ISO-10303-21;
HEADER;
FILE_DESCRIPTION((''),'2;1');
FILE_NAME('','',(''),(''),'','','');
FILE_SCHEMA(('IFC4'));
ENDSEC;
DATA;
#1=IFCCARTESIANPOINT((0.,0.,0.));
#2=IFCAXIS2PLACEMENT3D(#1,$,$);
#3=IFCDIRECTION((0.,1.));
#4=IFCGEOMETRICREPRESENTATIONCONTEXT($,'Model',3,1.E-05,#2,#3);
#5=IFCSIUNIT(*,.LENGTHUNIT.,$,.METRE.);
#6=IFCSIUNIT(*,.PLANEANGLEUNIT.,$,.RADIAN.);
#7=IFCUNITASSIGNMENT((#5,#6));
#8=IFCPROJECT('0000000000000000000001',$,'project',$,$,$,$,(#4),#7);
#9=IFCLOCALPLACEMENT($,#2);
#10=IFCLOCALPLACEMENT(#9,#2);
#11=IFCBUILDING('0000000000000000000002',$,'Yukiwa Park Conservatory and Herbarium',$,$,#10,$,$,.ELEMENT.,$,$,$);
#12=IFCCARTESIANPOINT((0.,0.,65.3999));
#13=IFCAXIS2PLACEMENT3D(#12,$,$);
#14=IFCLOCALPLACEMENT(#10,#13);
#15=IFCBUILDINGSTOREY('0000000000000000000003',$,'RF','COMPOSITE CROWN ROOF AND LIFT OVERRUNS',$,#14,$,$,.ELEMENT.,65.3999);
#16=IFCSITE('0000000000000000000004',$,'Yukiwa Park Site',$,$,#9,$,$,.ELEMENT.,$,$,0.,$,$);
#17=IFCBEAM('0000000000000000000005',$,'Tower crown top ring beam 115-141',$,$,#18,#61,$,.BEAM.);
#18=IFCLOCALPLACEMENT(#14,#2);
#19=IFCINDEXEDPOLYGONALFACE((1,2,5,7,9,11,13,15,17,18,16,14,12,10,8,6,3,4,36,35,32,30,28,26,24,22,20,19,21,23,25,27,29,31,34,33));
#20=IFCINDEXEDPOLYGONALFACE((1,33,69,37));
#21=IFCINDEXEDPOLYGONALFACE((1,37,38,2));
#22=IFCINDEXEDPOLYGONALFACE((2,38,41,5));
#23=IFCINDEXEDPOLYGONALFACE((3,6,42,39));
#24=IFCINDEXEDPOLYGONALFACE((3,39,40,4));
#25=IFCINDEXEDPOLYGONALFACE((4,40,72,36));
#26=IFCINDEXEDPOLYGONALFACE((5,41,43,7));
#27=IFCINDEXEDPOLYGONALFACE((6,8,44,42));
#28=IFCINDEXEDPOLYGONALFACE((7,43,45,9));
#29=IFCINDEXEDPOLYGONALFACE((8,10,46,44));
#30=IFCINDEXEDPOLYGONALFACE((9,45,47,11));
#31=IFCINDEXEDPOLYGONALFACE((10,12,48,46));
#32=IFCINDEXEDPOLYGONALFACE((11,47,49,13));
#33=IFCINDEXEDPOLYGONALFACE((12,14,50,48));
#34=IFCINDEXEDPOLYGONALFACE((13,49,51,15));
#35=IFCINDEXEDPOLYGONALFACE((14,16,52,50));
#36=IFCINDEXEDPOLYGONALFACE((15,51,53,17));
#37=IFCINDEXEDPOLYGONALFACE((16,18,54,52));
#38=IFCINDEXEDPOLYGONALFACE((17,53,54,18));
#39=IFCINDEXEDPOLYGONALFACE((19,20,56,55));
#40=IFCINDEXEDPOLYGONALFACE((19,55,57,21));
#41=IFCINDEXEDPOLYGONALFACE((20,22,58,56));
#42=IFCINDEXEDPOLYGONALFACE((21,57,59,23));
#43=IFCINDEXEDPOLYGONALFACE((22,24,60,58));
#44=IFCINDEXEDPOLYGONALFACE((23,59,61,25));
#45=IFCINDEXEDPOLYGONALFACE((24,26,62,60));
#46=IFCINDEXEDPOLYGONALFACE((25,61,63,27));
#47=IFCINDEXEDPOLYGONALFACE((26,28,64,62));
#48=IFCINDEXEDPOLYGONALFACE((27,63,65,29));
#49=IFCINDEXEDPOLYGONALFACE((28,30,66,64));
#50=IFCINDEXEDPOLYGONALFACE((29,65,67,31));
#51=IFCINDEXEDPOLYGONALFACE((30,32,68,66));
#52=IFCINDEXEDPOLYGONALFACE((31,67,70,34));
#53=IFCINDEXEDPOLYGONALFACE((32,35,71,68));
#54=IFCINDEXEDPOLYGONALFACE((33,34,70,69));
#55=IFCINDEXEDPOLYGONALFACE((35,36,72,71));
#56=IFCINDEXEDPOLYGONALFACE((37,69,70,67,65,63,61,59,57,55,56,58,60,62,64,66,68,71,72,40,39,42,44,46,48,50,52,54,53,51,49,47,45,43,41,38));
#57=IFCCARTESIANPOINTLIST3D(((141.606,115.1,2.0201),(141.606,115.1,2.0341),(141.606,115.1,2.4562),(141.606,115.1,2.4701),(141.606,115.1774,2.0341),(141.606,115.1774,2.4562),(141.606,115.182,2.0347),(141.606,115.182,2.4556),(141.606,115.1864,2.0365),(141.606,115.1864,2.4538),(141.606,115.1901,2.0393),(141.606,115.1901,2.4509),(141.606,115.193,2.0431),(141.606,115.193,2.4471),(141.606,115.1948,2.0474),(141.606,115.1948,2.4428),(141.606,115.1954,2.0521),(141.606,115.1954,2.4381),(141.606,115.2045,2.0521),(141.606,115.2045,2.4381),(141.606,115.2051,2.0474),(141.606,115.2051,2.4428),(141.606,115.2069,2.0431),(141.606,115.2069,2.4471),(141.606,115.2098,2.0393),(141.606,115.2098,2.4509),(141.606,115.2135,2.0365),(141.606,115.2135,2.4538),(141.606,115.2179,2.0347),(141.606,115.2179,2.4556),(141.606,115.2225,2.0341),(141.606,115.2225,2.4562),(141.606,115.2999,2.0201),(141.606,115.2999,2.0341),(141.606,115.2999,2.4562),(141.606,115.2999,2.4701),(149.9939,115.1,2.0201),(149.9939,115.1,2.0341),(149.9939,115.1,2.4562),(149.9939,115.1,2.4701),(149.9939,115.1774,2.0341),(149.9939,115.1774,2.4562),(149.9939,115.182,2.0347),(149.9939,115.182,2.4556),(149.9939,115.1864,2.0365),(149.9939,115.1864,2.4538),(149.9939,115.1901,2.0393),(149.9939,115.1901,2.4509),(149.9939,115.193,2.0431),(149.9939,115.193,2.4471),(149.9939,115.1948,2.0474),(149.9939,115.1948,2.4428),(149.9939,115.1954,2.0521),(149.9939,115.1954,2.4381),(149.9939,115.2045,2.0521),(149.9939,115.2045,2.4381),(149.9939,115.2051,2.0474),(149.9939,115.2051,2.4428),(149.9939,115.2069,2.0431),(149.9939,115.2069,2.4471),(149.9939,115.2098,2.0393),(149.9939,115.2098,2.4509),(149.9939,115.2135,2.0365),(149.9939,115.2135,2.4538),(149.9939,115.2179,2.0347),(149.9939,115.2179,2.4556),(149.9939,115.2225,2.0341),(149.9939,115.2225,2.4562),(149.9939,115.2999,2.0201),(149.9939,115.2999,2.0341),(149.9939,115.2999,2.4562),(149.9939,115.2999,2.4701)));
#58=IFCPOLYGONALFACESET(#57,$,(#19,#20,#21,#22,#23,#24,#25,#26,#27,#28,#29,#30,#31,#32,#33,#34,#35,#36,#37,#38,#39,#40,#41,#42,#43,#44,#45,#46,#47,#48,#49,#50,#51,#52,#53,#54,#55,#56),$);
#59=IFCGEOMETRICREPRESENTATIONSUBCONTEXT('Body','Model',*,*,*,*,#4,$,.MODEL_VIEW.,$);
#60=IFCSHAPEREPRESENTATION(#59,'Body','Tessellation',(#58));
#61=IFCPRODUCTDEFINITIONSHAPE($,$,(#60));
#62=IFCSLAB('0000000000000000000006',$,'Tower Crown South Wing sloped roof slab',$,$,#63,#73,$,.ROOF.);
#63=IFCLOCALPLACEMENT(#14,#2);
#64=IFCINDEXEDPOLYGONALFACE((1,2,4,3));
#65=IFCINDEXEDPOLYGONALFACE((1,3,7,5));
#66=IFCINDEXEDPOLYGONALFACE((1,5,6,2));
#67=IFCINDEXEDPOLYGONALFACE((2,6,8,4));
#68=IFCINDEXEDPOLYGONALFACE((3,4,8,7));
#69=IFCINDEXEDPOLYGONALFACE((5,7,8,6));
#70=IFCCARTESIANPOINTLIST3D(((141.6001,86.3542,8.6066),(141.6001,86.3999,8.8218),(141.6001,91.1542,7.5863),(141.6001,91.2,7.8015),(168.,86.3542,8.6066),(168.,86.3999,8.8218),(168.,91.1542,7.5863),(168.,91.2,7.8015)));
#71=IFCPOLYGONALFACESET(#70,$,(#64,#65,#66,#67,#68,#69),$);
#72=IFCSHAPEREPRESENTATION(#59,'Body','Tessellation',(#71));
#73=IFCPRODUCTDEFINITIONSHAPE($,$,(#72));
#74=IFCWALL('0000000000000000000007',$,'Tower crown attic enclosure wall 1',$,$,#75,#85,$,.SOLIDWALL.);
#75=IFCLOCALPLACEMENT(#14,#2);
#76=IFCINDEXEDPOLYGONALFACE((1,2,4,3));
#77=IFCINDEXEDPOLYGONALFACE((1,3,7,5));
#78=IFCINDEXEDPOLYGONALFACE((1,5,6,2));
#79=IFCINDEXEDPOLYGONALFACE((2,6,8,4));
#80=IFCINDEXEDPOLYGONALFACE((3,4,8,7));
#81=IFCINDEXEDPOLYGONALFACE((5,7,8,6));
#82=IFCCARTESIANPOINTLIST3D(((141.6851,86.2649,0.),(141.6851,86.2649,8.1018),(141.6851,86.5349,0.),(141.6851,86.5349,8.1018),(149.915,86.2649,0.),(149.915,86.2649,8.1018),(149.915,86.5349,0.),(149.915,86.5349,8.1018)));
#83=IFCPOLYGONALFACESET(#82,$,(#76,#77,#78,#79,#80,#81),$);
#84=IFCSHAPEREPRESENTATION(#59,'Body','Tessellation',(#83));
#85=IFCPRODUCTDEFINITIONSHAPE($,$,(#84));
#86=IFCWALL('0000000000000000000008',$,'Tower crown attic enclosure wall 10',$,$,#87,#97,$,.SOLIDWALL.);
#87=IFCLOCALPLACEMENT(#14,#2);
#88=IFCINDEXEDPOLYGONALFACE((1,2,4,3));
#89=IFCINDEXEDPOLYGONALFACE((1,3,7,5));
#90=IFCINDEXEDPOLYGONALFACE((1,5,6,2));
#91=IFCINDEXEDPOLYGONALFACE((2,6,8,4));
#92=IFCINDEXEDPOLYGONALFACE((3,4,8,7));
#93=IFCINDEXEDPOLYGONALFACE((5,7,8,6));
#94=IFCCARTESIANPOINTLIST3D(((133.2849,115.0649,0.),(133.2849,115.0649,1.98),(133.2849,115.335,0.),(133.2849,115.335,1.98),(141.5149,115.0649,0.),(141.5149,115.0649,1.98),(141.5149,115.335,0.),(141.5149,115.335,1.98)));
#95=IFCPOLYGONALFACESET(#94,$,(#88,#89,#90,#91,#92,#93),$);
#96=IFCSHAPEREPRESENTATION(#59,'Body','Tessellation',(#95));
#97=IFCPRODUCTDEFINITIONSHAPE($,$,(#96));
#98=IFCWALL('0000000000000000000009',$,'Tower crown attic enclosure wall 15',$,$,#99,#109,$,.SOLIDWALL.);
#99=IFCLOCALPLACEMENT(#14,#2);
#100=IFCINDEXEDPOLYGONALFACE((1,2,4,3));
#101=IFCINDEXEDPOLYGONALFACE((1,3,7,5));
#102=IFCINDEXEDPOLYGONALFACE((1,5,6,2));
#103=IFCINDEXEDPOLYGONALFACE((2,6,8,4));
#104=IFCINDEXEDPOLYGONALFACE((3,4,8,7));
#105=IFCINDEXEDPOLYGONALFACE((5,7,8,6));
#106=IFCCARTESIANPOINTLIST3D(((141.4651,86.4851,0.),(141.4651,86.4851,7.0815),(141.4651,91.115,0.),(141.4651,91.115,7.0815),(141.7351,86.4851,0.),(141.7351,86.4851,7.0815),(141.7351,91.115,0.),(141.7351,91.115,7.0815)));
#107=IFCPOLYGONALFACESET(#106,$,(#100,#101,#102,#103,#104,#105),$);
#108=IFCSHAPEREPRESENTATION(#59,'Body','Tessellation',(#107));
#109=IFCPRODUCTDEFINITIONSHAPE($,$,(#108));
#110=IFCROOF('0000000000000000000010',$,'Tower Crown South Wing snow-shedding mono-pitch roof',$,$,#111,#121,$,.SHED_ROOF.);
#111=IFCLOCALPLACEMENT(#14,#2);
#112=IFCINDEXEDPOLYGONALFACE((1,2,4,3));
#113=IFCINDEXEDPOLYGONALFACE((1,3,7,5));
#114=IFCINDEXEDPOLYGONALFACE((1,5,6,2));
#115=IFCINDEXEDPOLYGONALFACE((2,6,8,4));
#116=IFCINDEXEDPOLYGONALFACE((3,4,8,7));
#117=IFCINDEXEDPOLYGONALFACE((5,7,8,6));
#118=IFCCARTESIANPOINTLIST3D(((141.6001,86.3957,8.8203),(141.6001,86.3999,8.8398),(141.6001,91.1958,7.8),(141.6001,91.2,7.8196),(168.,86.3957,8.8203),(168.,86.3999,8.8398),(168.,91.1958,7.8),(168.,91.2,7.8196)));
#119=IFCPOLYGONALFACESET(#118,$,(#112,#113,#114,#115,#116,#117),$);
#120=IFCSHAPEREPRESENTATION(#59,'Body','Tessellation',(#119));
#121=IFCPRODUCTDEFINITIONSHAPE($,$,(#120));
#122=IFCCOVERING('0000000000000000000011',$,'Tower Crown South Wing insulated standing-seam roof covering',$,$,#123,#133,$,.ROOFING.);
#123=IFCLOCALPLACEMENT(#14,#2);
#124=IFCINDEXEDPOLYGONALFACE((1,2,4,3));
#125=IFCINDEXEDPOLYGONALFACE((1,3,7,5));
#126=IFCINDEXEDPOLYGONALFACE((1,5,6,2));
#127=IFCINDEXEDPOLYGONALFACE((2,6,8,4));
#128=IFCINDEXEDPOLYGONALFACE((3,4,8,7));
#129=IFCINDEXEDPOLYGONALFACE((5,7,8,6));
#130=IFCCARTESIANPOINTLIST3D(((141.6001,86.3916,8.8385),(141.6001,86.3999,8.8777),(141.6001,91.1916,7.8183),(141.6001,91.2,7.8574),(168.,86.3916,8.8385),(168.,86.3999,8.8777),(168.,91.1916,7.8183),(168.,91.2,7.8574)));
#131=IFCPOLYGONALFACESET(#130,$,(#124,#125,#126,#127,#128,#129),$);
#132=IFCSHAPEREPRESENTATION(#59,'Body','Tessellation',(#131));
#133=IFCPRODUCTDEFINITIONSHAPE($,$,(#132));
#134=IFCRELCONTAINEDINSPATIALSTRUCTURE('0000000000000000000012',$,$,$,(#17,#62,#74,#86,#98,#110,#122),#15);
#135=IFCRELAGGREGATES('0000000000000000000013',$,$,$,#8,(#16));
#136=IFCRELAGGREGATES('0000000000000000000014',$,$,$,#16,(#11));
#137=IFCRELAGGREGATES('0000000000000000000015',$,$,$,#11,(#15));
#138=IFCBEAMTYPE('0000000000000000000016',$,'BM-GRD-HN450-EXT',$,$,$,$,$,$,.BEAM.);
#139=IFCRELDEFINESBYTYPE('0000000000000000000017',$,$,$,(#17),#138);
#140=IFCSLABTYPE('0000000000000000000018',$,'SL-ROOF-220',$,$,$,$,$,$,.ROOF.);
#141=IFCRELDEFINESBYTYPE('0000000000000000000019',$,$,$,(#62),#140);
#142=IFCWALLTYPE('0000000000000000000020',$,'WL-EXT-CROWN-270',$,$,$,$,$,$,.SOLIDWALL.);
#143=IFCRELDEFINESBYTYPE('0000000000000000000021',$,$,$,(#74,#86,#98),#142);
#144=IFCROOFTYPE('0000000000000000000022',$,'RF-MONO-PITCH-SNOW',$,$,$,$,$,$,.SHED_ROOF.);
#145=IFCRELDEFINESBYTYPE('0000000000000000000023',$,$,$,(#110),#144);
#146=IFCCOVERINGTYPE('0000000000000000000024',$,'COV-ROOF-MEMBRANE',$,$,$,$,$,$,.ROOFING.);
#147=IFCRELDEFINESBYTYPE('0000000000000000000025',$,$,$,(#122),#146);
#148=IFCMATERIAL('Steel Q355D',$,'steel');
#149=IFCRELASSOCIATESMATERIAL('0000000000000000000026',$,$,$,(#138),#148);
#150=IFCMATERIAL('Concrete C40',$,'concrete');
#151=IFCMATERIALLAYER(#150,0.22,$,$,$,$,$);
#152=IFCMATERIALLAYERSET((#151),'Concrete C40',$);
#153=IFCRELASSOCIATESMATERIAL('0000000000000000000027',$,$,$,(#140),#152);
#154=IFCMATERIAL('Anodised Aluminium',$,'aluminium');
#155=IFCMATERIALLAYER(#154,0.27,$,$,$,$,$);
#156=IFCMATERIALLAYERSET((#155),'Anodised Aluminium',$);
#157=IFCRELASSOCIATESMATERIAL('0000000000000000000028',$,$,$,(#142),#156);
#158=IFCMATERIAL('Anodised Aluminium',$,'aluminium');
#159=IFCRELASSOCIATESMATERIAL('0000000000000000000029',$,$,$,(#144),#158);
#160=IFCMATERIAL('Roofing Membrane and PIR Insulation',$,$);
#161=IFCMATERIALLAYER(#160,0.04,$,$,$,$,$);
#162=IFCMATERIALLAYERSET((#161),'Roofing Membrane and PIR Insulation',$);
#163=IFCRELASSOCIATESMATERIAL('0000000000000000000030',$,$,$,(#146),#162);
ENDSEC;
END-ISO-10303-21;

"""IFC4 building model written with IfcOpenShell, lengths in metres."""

from ifc_helpers import new_model, si_unit, direction, frame, frame_2d, origin, origin_2d, place, context, subcontext, project, spatial, polyline, rectangle, i_section, outline, extrude, material, layer, layer_set, material_profile, profile_set, type_object, element, save


model = new_model("IFC4")

# Units and contexts
model_context = context("Model", 3, precision=1e-05, world=origin(), true_north=direction((0.0, 1.0)))
body_context = subcontext(model_context, "Body", "Model", "MODEL_VIEW")
ifc_project = project(units=[si_unit("LENGTHUNIT", "METRE"), si_unit("PLANEANGLEUNIT", "RADIAN")], contexts=[model_context])

# Site, building, storey
site_placement = place(None, origin())
site = spatial("IfcSite", under=ifc_project, at=site_placement, Name="Yukiwa Park Site", CompositionType="ELEMENT", RefElevation=0.0)
building_placement = place(site_placement, origin())
building = spatial("IfcBuilding", under=site, at=building_placement, Name="Yukiwa Park Conservatory and Herbarium", CompositionType="ELEMENT")
storey_placement = place(building_placement, frame((0.0, 0.0, 65.3999)))
storey = spatial("IfcBuildingStorey", under=building, at=storey_placement, Name="RF", Description="COMPOSITE CROWN ROOF AND LIFT OVERRUNS", CompositionType="ELEMENT", Elevation=65.3999)

# Beam
ifc_material_1 = material(Name="Steel Q355D", Category="steel")
ifc_material_profile_1 = material_profile(ifc_material_1, i_section(OverallWidth=0.2, OverallDepth=0.45, WebThickness=0.009, FlangeThickness=0.0139, FilletRadius=0.0181, at=origin_2d()), Name="HN 450x200x9x14")
ifc_profile_set_1 = profile_set([ifc_material_profile_1], Name="Steel Q355D")
beam_type_1 = type_object("IfcBeamType", Name="BM-GRD-HN450-EXT", PredefinedType="BEAM", material=ifc_profile_set_1)
for number, where, z_axis, x_axis, name in (
    (1, (141.606, 115.2, 2.2451), (1.0, 0.0, 0.0), (0.0, 1.0, 0.0), "Tower crown top ring beam 115-141"),
):
    element("IfcBeam", number, at=place(storey_placement, frame(where, z_axis=z_axis, x_axis=x_axis)), inside=storey, type_object=beam_type_1, Name=name, PredefinedType="BEAM", context=body_context, shape_type="SweptSolid", body=[
        extrude(i_section(OverallWidth=0.2, OverallDepth=0.45, WebThickness=0.009, FlangeThickness=0.0139, FilletRadius=0.0181, at=origin_2d()), origin(), (0.0, 0.0, 1.0), 8.3879),
    ])

# Slab
ifc_material_2 = material(Name="Concrete C40", Category="concrete")
ifc_layer_1 = layer(ifc_material_2, 0.22)
ifc_layer_set_1 = layer_set([ifc_layer_1], Name="Concrete C40")
slab_type = type_object("IfcSlabType", Name="SL-ROOF-220", PredefinedType="ROOF", material=ifc_layer_set_1)
slab_placement = place(storey_placement, frame((141.6001, 86.3999, 8.8218), z_axis=(0.0, 0.207908, 0.978148), x_axis=(1.0, 0.0, 0.0)))
element("IfcSlab", 2, at=slab_placement, inside=storey, type_object=slab_type, Name="Tower Crown South Wing sloped roof slab", PredefinedType="ROOF", context=body_context, shape_type="SweptSolid", body=[
    extrude(outline(polyline([(0.0, 0.0), (26.3999, 0.0), (26.3999, 4.9073), (0.0, 4.9073), (0.0, 0.0)])), origin(), (0.0, 0.0, -1.0), 0.22),
])

# Walls
ifc_material_3 = material(Name="Anodised Aluminium", Category="aluminium")
ifc_layer_2 = layer(ifc_material_3, 0.27)
ifc_layer_set_2 = layer_set([ifc_layer_2], Name="Anodised Aluminium")
wall_type = type_object("IfcWallType", Name="WL-EXT-CROWN-270", PredefinedType="SOLIDWALL", material=ifc_layer_set_2)
wall_1_placement = place(storey_placement, frame((141.6851, 86.3999, 0.0), z_axis=(0.0, 0.0, 1.0), x_axis=(1.0, 0.0, 0.0)))
element("IfcWall", 3, at=wall_1_placement, inside=storey, type_object=wall_type, Name="Tower crown attic enclosure wall 1", PredefinedType="SOLIDWALL", context=body_context, shape_type="SweptSolid", body=[
    extrude(rectangle(XDim=8.23, YDim=0.27, at=frame_2d((4.115, 0.0))), origin(), (0.0, 0.0, 1.0), 8.1018),
])
wall_2_placement = place(storey_placement, frame((141.5149, 115.2, 0.0), z_axis=(0.0, 0.0, 1.0), x_axis=(-1.0, 0.0, 0.0)))
element("IfcWall", 4, at=wall_2_placement, inside=storey, type_object=wall_type, Name="Tower crown attic enclosure wall 10", PredefinedType="SOLIDWALL", context=body_context, shape_type="SweptSolid", body=[
    extrude(rectangle(XDim=8.23, YDim=0.27, at=frame_2d((4.115, 0.0))), origin(), (0.0, 0.0, 1.0), 1.98),
])
wall_3_placement = place(storey_placement, frame((141.6001, 91.115, 0.0), z_axis=(0.0, 0.0, 1.0), x_axis=(0.0, -1.0, 0.0)))
element("IfcWall", 5, at=wall_3_placement, inside=storey, type_object=wall_type, Name="Tower crown attic enclosure wall 15", PredefinedType="SOLIDWALL", context=body_context, shape_type="SweptSolid", body=[
    extrude(rectangle(XDim=4.6299, YDim=0.27, at=frame_2d((2.3149, 0.0))), origin(), (0.0, 0.0, 1.0), 7.0815),
])

# Roof
ifc_material_4 = material(Name="Anodised Aluminium", Category="aluminium")
roof_type = type_object("IfcRoofType", Name="RF-MONO-PITCH-SNOW", PredefinedType="SHED_ROOF", material=ifc_material_4)
roof_placement = place(storey_placement, frame((141.6001, 86.3999, 8.8398), z_axis=(0.0, 0.207908, 0.978148), x_axis=(1.0, 0.0, 0.0)))
element("IfcRoof", 6, at=roof_placement, inside=storey, type_object=roof_type, Name="Tower Crown South Wing snow-shedding mono-pitch roof", PredefinedType="SHED_ROOF", context=body_context, shape_type="SweptSolid", body=[
    extrude(outline(polyline([(0.0, 0.0), (26.3999, 0.0), (26.3999, 4.9073), (0.0, 4.9073), (0.0, 0.0)])), origin(), (0.0, 0.0, -1.0), 0.02),
])

# Covering
ifc_material_5 = material(Name="Roofing Membrane and PIR Insulation")
ifc_layer_3 = layer(ifc_material_5, 0.04)
ifc_layer_set_3 = layer_set([ifc_layer_3], Name="Roofing Membrane and PIR Insulation")
covering_type = type_object("IfcCoveringType", Name="COV-ROOF-MEMBRANE", PredefinedType="ROOFING", material=ifc_layer_set_3)
covering_placement = place(storey_placement, frame((141.6001, 86.3999, 8.8777), z_axis=(0.0, 0.207908, 0.978148), x_axis=(1.0, 0.0, 0.0)))
element("IfcCovering", 7, at=covering_placement, inside=storey, type_object=covering_type, Name="Tower Crown South Wing insulated standing-seam roof covering", PredefinedType="ROOFING", context=body_context, shape_type="SweptSolid", body=[
    extrude(outline(polyline([(0.0, 0.0), (26.3999, 0.0), (26.3999, 4.9073), (0.0, 4.9073), (0.0, 0.0)])), origin(), (0.0, 0.0, -1.0), 0.04),
])

save(model, "model.ifc")
